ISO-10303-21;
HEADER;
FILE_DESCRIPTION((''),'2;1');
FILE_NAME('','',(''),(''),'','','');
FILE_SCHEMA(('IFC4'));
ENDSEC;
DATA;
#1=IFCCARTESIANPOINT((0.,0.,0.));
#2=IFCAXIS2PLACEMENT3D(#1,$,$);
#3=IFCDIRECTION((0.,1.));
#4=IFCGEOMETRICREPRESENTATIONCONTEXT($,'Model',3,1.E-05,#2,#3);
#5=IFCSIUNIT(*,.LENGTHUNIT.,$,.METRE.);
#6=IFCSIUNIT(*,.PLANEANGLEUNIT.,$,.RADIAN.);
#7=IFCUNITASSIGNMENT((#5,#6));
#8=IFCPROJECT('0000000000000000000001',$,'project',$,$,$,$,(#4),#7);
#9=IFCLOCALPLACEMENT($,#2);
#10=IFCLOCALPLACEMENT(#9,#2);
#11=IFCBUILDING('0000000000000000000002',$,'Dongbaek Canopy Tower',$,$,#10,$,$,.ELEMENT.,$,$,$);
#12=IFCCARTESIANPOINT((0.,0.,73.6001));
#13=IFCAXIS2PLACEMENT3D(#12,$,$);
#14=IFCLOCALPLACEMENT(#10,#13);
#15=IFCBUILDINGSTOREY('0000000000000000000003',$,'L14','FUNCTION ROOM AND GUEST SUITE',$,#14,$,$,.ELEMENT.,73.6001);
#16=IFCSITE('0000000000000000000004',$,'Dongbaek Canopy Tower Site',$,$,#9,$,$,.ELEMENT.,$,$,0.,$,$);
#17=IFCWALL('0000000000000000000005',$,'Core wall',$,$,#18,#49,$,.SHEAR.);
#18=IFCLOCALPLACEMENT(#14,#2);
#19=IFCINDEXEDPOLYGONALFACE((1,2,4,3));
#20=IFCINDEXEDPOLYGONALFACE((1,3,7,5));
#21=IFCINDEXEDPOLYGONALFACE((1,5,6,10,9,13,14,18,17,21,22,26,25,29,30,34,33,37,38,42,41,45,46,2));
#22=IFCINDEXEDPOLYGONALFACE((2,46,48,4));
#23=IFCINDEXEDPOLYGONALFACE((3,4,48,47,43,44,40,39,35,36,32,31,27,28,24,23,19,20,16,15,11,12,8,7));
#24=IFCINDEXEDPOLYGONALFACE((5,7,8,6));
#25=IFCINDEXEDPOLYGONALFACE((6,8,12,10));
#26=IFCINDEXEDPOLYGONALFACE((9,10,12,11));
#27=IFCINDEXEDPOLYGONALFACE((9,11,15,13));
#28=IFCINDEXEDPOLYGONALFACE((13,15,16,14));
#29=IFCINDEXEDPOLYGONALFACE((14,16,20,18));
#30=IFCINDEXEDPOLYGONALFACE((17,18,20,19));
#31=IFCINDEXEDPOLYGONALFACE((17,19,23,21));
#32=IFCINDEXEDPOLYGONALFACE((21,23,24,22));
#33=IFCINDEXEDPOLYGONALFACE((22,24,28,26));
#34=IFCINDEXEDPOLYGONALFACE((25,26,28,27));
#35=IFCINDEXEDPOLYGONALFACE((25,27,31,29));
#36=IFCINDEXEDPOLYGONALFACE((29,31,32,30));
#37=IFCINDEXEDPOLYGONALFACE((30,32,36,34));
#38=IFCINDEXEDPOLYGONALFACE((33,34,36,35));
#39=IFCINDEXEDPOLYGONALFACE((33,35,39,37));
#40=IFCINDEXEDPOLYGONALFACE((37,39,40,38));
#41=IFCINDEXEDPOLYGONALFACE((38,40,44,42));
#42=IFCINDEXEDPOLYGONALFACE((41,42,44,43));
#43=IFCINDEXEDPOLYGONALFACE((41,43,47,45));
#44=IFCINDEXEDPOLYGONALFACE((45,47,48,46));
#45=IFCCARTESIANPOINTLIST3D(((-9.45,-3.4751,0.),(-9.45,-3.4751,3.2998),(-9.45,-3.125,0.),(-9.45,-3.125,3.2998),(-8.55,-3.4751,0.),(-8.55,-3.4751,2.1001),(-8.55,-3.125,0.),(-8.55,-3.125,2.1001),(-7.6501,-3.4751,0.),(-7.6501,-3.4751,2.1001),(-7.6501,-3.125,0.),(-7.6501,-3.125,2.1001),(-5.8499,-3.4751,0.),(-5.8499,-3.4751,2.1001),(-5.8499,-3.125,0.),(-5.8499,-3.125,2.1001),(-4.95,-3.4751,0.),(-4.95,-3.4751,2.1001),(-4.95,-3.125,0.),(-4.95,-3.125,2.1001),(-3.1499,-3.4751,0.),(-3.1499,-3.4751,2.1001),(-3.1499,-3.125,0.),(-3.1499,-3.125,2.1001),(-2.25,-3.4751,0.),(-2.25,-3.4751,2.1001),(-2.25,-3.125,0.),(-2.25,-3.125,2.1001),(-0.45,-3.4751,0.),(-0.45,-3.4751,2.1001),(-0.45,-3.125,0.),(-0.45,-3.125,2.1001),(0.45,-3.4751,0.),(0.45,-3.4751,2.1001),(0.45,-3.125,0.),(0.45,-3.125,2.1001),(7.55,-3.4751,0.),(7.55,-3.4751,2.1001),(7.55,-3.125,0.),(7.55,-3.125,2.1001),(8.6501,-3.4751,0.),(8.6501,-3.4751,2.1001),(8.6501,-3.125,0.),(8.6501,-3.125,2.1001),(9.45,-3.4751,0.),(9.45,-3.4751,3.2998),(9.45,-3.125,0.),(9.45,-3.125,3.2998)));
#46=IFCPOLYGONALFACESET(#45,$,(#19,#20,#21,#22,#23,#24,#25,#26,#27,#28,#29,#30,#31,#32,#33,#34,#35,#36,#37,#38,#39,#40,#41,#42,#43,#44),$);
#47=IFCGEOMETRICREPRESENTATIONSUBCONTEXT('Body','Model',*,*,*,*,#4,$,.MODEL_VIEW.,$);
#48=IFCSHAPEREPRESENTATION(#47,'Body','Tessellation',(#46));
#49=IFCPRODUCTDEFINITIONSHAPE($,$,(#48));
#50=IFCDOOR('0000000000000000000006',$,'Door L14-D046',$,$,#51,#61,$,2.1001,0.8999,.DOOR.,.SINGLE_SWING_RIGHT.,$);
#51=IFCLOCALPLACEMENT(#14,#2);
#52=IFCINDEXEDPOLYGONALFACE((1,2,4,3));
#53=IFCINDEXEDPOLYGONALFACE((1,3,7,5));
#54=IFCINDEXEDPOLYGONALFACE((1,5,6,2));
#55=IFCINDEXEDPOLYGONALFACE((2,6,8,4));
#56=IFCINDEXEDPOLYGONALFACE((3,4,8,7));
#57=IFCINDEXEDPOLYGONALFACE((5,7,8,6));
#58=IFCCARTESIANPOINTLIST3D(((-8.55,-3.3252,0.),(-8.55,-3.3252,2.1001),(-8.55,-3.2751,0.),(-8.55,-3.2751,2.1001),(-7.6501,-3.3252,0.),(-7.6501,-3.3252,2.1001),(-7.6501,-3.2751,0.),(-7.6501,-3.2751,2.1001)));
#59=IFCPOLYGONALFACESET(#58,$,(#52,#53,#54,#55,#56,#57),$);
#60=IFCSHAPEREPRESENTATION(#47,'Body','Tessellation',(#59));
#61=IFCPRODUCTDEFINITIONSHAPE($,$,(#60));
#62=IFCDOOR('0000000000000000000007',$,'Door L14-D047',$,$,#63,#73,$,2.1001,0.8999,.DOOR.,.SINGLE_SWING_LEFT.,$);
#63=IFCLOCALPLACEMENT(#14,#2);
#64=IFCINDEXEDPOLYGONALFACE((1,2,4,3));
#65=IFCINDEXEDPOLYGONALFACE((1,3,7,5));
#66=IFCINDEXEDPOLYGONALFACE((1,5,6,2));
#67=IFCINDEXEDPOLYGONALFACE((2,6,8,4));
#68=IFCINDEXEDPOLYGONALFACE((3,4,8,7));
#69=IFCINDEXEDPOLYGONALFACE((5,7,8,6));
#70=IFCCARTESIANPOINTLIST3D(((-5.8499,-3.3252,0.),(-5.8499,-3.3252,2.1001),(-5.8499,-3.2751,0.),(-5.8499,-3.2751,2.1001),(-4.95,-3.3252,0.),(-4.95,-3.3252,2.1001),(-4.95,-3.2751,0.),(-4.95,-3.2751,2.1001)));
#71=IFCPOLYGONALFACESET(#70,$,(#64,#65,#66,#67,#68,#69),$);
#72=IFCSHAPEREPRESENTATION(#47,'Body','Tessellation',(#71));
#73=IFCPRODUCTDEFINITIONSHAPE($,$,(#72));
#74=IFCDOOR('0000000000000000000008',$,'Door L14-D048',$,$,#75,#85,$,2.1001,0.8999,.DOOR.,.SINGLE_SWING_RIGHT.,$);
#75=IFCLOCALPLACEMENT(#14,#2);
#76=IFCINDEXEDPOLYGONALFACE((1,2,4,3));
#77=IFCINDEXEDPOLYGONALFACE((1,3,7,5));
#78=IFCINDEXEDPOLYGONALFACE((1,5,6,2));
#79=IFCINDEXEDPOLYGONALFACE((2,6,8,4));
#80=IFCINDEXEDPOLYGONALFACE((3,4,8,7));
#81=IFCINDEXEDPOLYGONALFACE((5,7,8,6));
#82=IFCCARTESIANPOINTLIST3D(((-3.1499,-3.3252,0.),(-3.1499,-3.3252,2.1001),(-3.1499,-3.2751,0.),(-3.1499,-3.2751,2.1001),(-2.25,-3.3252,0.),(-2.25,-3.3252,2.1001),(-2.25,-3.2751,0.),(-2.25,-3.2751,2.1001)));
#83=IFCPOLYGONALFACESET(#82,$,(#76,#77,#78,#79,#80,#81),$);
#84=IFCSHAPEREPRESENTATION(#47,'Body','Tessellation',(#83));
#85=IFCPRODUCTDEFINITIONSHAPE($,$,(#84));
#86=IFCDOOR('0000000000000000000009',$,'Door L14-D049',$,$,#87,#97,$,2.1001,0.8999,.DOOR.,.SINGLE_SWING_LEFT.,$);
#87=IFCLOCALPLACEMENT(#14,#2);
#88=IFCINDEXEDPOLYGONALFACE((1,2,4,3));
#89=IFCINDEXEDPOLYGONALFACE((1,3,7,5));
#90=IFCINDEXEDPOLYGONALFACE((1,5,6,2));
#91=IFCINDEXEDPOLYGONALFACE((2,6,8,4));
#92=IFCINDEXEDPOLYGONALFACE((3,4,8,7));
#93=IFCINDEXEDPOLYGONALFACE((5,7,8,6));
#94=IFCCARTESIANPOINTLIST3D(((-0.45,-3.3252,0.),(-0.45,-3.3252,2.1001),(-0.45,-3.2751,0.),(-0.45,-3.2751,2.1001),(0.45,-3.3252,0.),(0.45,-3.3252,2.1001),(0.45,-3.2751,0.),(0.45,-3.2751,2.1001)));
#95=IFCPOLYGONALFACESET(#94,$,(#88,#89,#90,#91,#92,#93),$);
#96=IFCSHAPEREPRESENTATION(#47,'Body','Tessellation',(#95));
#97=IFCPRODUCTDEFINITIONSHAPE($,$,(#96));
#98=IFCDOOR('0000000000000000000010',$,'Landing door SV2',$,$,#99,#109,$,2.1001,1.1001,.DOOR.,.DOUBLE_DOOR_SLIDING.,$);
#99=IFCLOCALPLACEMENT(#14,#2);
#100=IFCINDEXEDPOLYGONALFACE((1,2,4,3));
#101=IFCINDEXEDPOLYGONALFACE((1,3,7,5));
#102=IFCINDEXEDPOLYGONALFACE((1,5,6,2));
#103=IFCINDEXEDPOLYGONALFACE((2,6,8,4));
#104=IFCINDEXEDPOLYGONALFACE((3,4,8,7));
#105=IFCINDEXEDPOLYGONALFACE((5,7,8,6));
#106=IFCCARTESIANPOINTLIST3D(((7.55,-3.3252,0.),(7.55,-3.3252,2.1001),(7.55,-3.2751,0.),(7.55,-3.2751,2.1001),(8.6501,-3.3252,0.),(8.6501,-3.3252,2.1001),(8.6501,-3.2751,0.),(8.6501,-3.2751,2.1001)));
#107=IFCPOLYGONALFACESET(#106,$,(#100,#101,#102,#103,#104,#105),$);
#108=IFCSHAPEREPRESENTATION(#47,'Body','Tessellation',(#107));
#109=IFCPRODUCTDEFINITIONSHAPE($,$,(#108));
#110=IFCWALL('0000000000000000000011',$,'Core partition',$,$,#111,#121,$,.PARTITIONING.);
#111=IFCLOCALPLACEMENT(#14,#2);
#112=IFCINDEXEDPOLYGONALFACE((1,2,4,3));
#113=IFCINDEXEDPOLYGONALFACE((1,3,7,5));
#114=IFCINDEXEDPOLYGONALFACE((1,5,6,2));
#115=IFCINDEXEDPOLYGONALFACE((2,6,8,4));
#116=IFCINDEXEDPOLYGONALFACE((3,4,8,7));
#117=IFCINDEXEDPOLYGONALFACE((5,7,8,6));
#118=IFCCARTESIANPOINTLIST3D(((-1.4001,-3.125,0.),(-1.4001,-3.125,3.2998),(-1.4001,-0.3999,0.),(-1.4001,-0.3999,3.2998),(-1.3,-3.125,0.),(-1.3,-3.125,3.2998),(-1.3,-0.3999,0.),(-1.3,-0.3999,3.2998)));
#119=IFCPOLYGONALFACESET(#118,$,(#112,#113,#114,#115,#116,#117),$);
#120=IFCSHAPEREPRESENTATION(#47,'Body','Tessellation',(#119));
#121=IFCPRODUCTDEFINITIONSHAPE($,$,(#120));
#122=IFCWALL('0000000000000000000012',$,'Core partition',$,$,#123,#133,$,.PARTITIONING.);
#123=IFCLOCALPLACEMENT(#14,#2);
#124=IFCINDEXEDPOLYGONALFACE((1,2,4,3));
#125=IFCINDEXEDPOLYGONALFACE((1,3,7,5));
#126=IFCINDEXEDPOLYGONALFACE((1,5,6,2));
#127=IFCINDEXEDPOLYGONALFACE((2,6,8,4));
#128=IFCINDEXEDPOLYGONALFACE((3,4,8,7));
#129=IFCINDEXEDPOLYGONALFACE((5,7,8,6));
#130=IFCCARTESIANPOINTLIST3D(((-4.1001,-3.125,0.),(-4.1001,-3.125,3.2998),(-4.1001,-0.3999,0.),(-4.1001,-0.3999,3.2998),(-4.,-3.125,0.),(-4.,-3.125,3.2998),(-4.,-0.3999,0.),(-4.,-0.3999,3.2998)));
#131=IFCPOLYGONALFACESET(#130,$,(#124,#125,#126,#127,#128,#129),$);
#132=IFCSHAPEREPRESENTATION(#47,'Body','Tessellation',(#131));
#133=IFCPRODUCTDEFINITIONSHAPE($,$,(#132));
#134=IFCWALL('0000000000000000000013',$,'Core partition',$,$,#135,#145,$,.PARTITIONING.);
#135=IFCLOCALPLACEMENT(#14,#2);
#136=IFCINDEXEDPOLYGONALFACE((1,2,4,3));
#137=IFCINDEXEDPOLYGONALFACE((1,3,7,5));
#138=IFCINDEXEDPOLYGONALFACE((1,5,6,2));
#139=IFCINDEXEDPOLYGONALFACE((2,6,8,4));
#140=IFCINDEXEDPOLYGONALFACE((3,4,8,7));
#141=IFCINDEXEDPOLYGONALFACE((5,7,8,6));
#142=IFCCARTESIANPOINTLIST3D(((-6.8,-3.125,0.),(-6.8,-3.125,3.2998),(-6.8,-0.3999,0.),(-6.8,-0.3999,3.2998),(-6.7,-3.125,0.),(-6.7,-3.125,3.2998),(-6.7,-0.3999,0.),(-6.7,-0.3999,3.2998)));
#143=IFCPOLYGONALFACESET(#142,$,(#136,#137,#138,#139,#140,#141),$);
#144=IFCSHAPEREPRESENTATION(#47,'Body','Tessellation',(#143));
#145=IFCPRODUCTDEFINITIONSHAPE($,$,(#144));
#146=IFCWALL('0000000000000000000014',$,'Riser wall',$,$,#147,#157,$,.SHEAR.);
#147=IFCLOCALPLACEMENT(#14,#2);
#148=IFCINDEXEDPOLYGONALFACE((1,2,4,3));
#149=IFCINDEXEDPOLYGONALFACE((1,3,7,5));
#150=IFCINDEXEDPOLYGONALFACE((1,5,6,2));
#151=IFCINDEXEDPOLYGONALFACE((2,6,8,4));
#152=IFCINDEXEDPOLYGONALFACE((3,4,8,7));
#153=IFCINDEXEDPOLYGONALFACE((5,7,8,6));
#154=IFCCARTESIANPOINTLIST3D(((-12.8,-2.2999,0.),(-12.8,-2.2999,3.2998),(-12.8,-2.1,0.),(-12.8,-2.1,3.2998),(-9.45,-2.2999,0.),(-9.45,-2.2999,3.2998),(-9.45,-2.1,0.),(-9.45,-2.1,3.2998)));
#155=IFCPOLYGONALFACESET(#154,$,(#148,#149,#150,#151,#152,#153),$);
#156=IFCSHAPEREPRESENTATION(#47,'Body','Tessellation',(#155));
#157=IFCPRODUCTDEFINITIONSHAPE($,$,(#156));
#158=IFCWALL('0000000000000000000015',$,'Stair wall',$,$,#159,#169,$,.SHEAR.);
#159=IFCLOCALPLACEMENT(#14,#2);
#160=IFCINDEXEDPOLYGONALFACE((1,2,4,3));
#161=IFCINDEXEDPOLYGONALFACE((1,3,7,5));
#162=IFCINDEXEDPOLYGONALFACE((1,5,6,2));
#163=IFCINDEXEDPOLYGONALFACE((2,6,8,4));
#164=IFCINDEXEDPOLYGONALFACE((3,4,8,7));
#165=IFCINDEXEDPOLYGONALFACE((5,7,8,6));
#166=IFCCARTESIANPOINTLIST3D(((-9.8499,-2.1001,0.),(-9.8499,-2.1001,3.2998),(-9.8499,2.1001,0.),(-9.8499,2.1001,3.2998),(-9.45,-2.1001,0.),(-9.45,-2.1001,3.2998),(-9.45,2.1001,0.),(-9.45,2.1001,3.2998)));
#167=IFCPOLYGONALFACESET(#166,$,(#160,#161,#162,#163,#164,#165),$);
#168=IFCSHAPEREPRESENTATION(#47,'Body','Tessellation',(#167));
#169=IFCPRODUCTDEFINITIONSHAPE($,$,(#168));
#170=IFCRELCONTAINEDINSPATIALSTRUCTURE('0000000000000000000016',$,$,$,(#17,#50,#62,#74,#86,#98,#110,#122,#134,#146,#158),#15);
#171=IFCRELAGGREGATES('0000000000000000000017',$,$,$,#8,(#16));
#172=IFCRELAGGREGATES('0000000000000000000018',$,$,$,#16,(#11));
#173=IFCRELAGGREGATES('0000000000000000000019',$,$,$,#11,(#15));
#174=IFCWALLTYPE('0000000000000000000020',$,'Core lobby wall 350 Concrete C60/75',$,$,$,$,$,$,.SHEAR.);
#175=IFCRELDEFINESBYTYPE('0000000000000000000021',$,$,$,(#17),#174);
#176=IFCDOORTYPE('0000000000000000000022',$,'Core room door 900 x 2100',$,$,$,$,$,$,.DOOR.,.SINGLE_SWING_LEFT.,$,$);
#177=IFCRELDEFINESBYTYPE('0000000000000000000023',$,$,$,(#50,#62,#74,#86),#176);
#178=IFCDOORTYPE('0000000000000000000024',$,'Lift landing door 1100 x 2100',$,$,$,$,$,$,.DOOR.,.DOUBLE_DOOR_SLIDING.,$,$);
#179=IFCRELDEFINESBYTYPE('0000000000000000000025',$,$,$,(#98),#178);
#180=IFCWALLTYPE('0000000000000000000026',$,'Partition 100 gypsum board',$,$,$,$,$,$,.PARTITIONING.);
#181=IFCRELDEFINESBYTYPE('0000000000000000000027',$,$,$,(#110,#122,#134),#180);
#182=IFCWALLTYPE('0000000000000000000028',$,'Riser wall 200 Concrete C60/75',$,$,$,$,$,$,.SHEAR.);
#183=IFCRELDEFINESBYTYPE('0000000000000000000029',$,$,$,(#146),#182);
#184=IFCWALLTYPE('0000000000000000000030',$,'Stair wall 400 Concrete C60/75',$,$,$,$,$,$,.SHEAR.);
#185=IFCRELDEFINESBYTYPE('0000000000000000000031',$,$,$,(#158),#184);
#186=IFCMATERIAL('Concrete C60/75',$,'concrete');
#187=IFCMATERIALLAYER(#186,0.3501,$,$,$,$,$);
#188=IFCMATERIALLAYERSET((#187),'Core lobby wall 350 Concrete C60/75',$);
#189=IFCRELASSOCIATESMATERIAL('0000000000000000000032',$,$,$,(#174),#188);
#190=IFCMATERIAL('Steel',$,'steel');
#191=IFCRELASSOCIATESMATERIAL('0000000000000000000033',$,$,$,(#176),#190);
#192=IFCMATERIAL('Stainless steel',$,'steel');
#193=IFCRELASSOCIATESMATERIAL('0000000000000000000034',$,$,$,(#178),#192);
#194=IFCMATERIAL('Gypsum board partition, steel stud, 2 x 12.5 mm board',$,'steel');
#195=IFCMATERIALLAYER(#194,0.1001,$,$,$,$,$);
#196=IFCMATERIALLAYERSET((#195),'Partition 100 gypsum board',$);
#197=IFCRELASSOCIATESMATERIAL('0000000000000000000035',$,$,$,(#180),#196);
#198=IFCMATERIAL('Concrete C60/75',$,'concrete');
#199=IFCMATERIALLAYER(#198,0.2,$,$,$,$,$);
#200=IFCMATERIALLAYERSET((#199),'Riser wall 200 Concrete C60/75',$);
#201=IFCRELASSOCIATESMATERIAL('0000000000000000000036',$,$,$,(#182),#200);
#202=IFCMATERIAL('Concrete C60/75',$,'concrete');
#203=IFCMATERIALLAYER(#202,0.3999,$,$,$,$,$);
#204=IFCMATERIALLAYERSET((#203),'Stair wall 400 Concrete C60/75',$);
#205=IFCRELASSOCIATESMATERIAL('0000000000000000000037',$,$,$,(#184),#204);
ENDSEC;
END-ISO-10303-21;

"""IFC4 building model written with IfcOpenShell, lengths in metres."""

from ifc_helpers import new_model, si_unit, direction, frame, frame_2d, origin, place, context, subcontext, project, spatial, rectangle, extrude, material, layer, layer_set, type_object, element, fill, save


model = new_model("IFC4")

# Units and contexts
model_context = context("Model", 3, precision=1e-05, world=origin(), true_north=direction((0.0, 1.0)))
body_context = subcontext(model_context, "Body", "Model", "MODEL_VIEW")
ifc_project = project(units=[si_unit("LENGTHUNIT", "METRE"), si_unit("PLANEANGLEUNIT", "RADIAN")], contexts=[model_context])

# Site, building, storey
site_placement = place(None, origin())
site = spatial("IfcSite", under=ifc_project, at=site_placement, Name="Dongbaek Canopy Tower Site", CompositionType="ELEMENT", RefElevation=0.0)
building_placement = place(site_placement, origin())
building = spatial("IfcBuilding", under=site, at=building_placement, Name="Dongbaek Canopy Tower", CompositionType="ELEMENT")
storey_placement = place(building_placement, frame((0.0, 0.0, 73.6001)))
storey = spatial("IfcBuildingStorey", under=building, at=storey_placement, Name="L14", Description="FUNCTION ROOM AND GUEST SUITE", CompositionType="ELEMENT", Elevation=73.6001)

# Wall, openings, doors
ifc_material_1 = material(Name="Concrete C60/75", Category="concrete")
ifc_layer_1 = layer(ifc_material_1, 0.3501)
ifc_layer_set_1 = layer_set([ifc_layer_1], Name="Core lobby wall 350 Concrete C60/75")
wall_type_1 = type_object("IfcWallType", Name="Core lobby wall 350 Concrete C60/75", PredefinedType="SHEAR", material=ifc_layer_set_1)
wall_1_placement = place(storey_placement, frame((-9.45, -3.3, 0.0), z_axis=(0.0, 0.0, 1.0), x_axis=(1.0, 0.0, 0.0)))
wall_1 = element("IfcWall", 1, at=wall_1_placement, inside=storey, type_object=wall_type_1, Name="Core wall", PredefinedType="SHEAR", context=body_context, shape_type="SweptSolid", body=[
    extrude(rectangle(XDim=18.8999, YDim=0.3501, at=frame_2d((9.45, 0.0))), origin(), (0.0, 0.0, 1.0), 3.2998),
])
opening_1_placement = place(wall_1_placement, frame((17.0, 0.0, 0.0)))
opening_1 = element("IfcOpeningElement", 2, at=opening_1_placement, cuts=wall_1, PredefinedType="OPENING", context=body_context, shape_type="SweptSolid", body=[
    extrude(rectangle(XDim=1.1001, YDim=2.1001, at=frame_2d((0.55, 1.05))), frame((0.0, 0.1851, 0.0), z_axis=(0.0, -1.0, 0.0), x_axis=(1.0, 0.0, 0.0)), (0.0, 0.0, 1.0), 0.3701),
])
opening_2_placement = place(wall_1_placement, frame((0.8999, 0.0, 0.0)))
opening_2 = element("IfcOpeningElement", 3, at=opening_2_placement, cuts=wall_1, PredefinedType="OPENING", context=body_context, shape_type="SweptSolid", body=[
    extrude(rectangle(XDim=0.8999, YDim=2.1001, at=frame_2d((0.45, 1.05))), frame((0.0, 0.1851, 0.0), z_axis=(0.0, -1.0, 0.0), x_axis=(1.0, 0.0, 0.0)), (0.0, 0.0, 1.0), 0.3701),
])
opening_3_placement = place(wall_1_placement, frame((3.6001, 0.0, 0.0)))
opening_3 = element("IfcOpeningElement", 4, at=opening_3_placement, cuts=wall_1, PredefinedType="OPENING", context=body_context, shape_type="SweptSolid", body=[
    extrude(rectangle(XDim=0.8999, YDim=2.1001, at=frame_2d((0.45, 1.05))), frame((0.0, 0.1851, 0.0), z_axis=(0.0, -1.0, 0.0), x_axis=(1.0, 0.0, 0.0)), (0.0, 0.0, 1.0), 0.3701),
])
opening_4_placement = place(wall_1_placement, frame((6.3, 0.0, 0.0)))
opening_4 = element("IfcOpeningElement", 5, at=opening_4_placement, cuts=wall_1, PredefinedType="OPENING", context=body_context, shape_type="SweptSolid", body=[
    extrude(rectangle(XDim=0.8999, YDim=2.1001, at=frame_2d((0.45, 1.05))), frame((0.0, 0.1851, 0.0), z_axis=(0.0, -1.0, 0.0), x_axis=(1.0, 0.0, 0.0)), (0.0, 0.0, 1.0), 0.3701),
])
opening_5_placement = place(wall_1_placement, frame((9.0, 0.0, 0.0)))
opening_5 = element("IfcOpeningElement", 6, at=opening_5_placement, cuts=wall_1, PredefinedType="OPENING", context=body_context, shape_type="SweptSolid", body=[
    extrude(rectangle(XDim=0.8999, YDim=2.1001, at=frame_2d((0.45, 1.05))), frame((0.0, 0.1851, 0.0), z_axis=(0.0, -1.0, 0.0), x_axis=(1.0, 0.0, 0.0)), (0.0, 0.0, 1.0), 0.3701),
])
ifc_material_2 = material(Name="Steel", Category="steel")
door_type_1 = type_object("IfcDoorType", Name="Core room door 900 x 2100", OperationType="SINGLE_SWING_LEFT", PredefinedType="DOOR", material=ifc_material_2)
door_1_placement = place(opening_2_placement, origin())
door_1 = element("IfcDoor", 7, at=door_1_placement, inside=storey, type_object=door_type_1, Name="Door L14-D046", OperationType="SINGLE_SWING_RIGHT", OverallHeight=2.1001, OverallWidth=0.8999, PredefinedType="DOOR", context=body_context, shape_type="SweptSolid", body=[
    extrude(rectangle(XDim=0.8999, YDim=2.1001, at=frame_2d((0.45, 1.05))), frame((0.0, 0.0249, 0.0), z_axis=(0.0, -1.0, 0.0), x_axis=(1.0, 0.0, 0.0)), (0.0, 0.0, 1.0), 0.05),
])
fill(opening_2, door_1)
door_2_placement = place(opening_3_placement, origin())
door_2 = element("IfcDoor", 8, at=door_2_placement, inside=storey, type_object=door_type_1, Name="Door L14-D047", OperationType="SINGLE_SWING_LEFT", OverallHeight=2.1001, OverallWidth=0.8999, PredefinedType="DOOR", context=body_context, shape_type="SweptSolid", body=[
    extrude(rectangle(XDim=0.8999, YDim=2.1001, at=frame_2d((0.45, 1.05))), frame((0.0, 0.0249, 0.0), z_axis=(0.0, -1.0, 0.0), x_axis=(1.0, 0.0, 0.0)), (0.0, 0.0, 1.0), 0.05),
])
fill(opening_3, door_2)
door_3_placement = place(opening_4_placement, origin())
door_3 = element("IfcDoor", 9, at=door_3_placement, inside=storey, type_object=door_type_1, Name="Door L14-D048", OperationType="SINGLE_SWING_RIGHT", OverallHeight=2.1001, OverallWidth=0.8999, PredefinedType="DOOR", context=body_context, shape_type="SweptSolid", body=[
    extrude(rectangle(XDim=0.8999, YDim=2.1001, at=frame_2d((0.45, 1.05))), frame((0.0, 0.0249, 0.0), z_axis=(0.0, -1.0, 0.0), x_axis=(1.0, 0.0, 0.0)), (0.0, 0.0, 1.0), 0.05),
])
fill(opening_4, door_3)
door_4_placement = place(opening_5_placement, origin())
door_4 = element("IfcDoor", 10, at=door_4_placement, inside=storey, type_object=door_type_1, Name="Door L14-D049", OperationType="SINGLE_SWING_LEFT", OverallHeight=2.1001, OverallWidth=0.8999, PredefinedType="DOOR", context=body_context, shape_type="SweptSolid", body=[
    extrude(rectangle(XDim=0.8999, YDim=2.1001, at=frame_2d((0.45, 1.05))), frame((0.0, 0.0249, 0.0), z_axis=(0.0, -1.0, 0.0), x_axis=(1.0, 0.0, 0.0)), (0.0, 0.0, 1.0), 0.05),
])
fill(opening_5, door_4)
ifc_material_3 = material(Name="Stainless steel", Category="steel")
door_type_2 = type_object("IfcDoorType", Name="Lift landing door 1100 x 2100", OperationType="DOUBLE_DOOR_SLIDING", PredefinedType="DOOR", material=ifc_material_3)
door_5_placement = place(opening_1_placement, origin())
door_5 = element("IfcDoor", 11, at=door_5_placement, inside=storey, type_object=door_type_2, Name="Landing door SV2", OperationType="DOUBLE_DOOR_SLIDING", OverallHeight=2.1001, OverallWidth=1.1001, PredefinedType="DOOR", context=body_context, shape_type="SweptSolid", body=[
    extrude(rectangle(XDim=1.1001, YDim=2.1001, at=frame_2d((0.55, 1.05))), frame((0.0, 0.0249, 0.0), z_axis=(0.0, -1.0, 0.0), x_axis=(1.0, 0.0, 0.0)), (0.0, 0.0, 1.0), 0.05),
])
fill(opening_1, door_5)

# Walls
ifc_material_4 = material(Name="Gypsum board partition, steel stud, 2 x 12.5 mm board", Category="steel")
ifc_layer_2 = layer(ifc_material_4, 0.1001)
ifc_layer_set_2 = layer_set([ifc_layer_2], Name="Partition 100 gypsum board")
wall_type_2 = type_object("IfcWallType", Name="Partition 100 gypsum board", PredefinedType="PARTITIONING", material=ifc_layer_set_2)
for number, where, z_axis, x_axis, name in (
    (12, (-1.3501, -3.125, 0.0), (0.0, 0.0, 1.0), (0.0, 1.0, 0.0), "Core partition"),
    (13, (-4.05, -3.125, 0.0), (0.0, 0.0, 1.0), (0.0, 1.0, 0.0), "Core partition"),
    (14, (-6.75, -3.125, 0.0), (0.0, 0.0, 1.0), (0.0, 1.0, 0.0), "Core partition"),
):
    element("IfcWall", number, at=place(storey_placement, frame(where, z_axis=z_axis, x_axis=x_axis)), inside=storey, type_object=wall_type_2, Name=name, PredefinedType="PARTITIONING", context=body_context, shape_type="SweptSolid", body=[
        extrude(rectangle(XDim=2.7251, YDim=0.1001, at=frame_2d((1.3625, 0.0))), origin(), (0.0, 0.0, 1.0), 3.2998),
    ])
ifc_material_5 = material(Name="Concrete C60/75", Category="concrete")
ifc_layer_3 = layer(ifc_material_5, 0.2)
ifc_layer_set_3 = layer_set([ifc_layer_3], Name="Riser wall 200 Concrete C60/75")
wall_type_3 = type_object("IfcWallType", Name="Riser wall 200 Concrete C60/75", PredefinedType="SHEAR", material=ifc_layer_set_3)
wall_2_placement = place(storey_placement, frame((-9.45, -2.2, 0.0), z_axis=(0.0, 0.0, 1.0), x_axis=(-1.0, 0.0, 0.0)))
element("IfcWall", 15, at=wall_2_placement, inside=storey, type_object=wall_type_3, Name="Riser wall", PredefinedType="SHEAR", context=body_context, shape_type="SweptSolid", body=[
    extrude(rectangle(XDim=3.3501, YDim=0.2, at=frame_2d((1.675, 0.0))), origin(), (0.0, 0.0, 1.0), 3.2998),
])
ifc_material_6 = material(Name="Concrete C60/75", Category="concrete")
ifc_layer_4 = layer(ifc_material_6, 0.3999)
ifc_layer_set_4 = layer_set([ifc_layer_4], Name="Stair wall 400 Concrete C60/75")
wall_type_4 = type_object("IfcWallType", Name="Stair wall 400 Concrete C60/75", PredefinedType="SHEAR", material=ifc_layer_set_4)
wall_3_placement = place(storey_placement, frame((-9.6499, -2.1001, 0.0), z_axis=(0.0, 0.0, 1.0), x_axis=(0.0, 1.0, 0.0)))
element("IfcWall", 16, at=wall_3_placement, inside=storey, type_object=wall_type_4, Name="Stair wall", PredefinedType="SHEAR", context=body_context, shape_type="SweptSolid", body=[
    extrude(rectangle(XDim=4.2002, YDim=0.3999, at=frame_2d((2.1001, 0.0))), origin(), (0.0, 0.0, 1.0), 3.2998),
])

save(model, "model.ifc")
